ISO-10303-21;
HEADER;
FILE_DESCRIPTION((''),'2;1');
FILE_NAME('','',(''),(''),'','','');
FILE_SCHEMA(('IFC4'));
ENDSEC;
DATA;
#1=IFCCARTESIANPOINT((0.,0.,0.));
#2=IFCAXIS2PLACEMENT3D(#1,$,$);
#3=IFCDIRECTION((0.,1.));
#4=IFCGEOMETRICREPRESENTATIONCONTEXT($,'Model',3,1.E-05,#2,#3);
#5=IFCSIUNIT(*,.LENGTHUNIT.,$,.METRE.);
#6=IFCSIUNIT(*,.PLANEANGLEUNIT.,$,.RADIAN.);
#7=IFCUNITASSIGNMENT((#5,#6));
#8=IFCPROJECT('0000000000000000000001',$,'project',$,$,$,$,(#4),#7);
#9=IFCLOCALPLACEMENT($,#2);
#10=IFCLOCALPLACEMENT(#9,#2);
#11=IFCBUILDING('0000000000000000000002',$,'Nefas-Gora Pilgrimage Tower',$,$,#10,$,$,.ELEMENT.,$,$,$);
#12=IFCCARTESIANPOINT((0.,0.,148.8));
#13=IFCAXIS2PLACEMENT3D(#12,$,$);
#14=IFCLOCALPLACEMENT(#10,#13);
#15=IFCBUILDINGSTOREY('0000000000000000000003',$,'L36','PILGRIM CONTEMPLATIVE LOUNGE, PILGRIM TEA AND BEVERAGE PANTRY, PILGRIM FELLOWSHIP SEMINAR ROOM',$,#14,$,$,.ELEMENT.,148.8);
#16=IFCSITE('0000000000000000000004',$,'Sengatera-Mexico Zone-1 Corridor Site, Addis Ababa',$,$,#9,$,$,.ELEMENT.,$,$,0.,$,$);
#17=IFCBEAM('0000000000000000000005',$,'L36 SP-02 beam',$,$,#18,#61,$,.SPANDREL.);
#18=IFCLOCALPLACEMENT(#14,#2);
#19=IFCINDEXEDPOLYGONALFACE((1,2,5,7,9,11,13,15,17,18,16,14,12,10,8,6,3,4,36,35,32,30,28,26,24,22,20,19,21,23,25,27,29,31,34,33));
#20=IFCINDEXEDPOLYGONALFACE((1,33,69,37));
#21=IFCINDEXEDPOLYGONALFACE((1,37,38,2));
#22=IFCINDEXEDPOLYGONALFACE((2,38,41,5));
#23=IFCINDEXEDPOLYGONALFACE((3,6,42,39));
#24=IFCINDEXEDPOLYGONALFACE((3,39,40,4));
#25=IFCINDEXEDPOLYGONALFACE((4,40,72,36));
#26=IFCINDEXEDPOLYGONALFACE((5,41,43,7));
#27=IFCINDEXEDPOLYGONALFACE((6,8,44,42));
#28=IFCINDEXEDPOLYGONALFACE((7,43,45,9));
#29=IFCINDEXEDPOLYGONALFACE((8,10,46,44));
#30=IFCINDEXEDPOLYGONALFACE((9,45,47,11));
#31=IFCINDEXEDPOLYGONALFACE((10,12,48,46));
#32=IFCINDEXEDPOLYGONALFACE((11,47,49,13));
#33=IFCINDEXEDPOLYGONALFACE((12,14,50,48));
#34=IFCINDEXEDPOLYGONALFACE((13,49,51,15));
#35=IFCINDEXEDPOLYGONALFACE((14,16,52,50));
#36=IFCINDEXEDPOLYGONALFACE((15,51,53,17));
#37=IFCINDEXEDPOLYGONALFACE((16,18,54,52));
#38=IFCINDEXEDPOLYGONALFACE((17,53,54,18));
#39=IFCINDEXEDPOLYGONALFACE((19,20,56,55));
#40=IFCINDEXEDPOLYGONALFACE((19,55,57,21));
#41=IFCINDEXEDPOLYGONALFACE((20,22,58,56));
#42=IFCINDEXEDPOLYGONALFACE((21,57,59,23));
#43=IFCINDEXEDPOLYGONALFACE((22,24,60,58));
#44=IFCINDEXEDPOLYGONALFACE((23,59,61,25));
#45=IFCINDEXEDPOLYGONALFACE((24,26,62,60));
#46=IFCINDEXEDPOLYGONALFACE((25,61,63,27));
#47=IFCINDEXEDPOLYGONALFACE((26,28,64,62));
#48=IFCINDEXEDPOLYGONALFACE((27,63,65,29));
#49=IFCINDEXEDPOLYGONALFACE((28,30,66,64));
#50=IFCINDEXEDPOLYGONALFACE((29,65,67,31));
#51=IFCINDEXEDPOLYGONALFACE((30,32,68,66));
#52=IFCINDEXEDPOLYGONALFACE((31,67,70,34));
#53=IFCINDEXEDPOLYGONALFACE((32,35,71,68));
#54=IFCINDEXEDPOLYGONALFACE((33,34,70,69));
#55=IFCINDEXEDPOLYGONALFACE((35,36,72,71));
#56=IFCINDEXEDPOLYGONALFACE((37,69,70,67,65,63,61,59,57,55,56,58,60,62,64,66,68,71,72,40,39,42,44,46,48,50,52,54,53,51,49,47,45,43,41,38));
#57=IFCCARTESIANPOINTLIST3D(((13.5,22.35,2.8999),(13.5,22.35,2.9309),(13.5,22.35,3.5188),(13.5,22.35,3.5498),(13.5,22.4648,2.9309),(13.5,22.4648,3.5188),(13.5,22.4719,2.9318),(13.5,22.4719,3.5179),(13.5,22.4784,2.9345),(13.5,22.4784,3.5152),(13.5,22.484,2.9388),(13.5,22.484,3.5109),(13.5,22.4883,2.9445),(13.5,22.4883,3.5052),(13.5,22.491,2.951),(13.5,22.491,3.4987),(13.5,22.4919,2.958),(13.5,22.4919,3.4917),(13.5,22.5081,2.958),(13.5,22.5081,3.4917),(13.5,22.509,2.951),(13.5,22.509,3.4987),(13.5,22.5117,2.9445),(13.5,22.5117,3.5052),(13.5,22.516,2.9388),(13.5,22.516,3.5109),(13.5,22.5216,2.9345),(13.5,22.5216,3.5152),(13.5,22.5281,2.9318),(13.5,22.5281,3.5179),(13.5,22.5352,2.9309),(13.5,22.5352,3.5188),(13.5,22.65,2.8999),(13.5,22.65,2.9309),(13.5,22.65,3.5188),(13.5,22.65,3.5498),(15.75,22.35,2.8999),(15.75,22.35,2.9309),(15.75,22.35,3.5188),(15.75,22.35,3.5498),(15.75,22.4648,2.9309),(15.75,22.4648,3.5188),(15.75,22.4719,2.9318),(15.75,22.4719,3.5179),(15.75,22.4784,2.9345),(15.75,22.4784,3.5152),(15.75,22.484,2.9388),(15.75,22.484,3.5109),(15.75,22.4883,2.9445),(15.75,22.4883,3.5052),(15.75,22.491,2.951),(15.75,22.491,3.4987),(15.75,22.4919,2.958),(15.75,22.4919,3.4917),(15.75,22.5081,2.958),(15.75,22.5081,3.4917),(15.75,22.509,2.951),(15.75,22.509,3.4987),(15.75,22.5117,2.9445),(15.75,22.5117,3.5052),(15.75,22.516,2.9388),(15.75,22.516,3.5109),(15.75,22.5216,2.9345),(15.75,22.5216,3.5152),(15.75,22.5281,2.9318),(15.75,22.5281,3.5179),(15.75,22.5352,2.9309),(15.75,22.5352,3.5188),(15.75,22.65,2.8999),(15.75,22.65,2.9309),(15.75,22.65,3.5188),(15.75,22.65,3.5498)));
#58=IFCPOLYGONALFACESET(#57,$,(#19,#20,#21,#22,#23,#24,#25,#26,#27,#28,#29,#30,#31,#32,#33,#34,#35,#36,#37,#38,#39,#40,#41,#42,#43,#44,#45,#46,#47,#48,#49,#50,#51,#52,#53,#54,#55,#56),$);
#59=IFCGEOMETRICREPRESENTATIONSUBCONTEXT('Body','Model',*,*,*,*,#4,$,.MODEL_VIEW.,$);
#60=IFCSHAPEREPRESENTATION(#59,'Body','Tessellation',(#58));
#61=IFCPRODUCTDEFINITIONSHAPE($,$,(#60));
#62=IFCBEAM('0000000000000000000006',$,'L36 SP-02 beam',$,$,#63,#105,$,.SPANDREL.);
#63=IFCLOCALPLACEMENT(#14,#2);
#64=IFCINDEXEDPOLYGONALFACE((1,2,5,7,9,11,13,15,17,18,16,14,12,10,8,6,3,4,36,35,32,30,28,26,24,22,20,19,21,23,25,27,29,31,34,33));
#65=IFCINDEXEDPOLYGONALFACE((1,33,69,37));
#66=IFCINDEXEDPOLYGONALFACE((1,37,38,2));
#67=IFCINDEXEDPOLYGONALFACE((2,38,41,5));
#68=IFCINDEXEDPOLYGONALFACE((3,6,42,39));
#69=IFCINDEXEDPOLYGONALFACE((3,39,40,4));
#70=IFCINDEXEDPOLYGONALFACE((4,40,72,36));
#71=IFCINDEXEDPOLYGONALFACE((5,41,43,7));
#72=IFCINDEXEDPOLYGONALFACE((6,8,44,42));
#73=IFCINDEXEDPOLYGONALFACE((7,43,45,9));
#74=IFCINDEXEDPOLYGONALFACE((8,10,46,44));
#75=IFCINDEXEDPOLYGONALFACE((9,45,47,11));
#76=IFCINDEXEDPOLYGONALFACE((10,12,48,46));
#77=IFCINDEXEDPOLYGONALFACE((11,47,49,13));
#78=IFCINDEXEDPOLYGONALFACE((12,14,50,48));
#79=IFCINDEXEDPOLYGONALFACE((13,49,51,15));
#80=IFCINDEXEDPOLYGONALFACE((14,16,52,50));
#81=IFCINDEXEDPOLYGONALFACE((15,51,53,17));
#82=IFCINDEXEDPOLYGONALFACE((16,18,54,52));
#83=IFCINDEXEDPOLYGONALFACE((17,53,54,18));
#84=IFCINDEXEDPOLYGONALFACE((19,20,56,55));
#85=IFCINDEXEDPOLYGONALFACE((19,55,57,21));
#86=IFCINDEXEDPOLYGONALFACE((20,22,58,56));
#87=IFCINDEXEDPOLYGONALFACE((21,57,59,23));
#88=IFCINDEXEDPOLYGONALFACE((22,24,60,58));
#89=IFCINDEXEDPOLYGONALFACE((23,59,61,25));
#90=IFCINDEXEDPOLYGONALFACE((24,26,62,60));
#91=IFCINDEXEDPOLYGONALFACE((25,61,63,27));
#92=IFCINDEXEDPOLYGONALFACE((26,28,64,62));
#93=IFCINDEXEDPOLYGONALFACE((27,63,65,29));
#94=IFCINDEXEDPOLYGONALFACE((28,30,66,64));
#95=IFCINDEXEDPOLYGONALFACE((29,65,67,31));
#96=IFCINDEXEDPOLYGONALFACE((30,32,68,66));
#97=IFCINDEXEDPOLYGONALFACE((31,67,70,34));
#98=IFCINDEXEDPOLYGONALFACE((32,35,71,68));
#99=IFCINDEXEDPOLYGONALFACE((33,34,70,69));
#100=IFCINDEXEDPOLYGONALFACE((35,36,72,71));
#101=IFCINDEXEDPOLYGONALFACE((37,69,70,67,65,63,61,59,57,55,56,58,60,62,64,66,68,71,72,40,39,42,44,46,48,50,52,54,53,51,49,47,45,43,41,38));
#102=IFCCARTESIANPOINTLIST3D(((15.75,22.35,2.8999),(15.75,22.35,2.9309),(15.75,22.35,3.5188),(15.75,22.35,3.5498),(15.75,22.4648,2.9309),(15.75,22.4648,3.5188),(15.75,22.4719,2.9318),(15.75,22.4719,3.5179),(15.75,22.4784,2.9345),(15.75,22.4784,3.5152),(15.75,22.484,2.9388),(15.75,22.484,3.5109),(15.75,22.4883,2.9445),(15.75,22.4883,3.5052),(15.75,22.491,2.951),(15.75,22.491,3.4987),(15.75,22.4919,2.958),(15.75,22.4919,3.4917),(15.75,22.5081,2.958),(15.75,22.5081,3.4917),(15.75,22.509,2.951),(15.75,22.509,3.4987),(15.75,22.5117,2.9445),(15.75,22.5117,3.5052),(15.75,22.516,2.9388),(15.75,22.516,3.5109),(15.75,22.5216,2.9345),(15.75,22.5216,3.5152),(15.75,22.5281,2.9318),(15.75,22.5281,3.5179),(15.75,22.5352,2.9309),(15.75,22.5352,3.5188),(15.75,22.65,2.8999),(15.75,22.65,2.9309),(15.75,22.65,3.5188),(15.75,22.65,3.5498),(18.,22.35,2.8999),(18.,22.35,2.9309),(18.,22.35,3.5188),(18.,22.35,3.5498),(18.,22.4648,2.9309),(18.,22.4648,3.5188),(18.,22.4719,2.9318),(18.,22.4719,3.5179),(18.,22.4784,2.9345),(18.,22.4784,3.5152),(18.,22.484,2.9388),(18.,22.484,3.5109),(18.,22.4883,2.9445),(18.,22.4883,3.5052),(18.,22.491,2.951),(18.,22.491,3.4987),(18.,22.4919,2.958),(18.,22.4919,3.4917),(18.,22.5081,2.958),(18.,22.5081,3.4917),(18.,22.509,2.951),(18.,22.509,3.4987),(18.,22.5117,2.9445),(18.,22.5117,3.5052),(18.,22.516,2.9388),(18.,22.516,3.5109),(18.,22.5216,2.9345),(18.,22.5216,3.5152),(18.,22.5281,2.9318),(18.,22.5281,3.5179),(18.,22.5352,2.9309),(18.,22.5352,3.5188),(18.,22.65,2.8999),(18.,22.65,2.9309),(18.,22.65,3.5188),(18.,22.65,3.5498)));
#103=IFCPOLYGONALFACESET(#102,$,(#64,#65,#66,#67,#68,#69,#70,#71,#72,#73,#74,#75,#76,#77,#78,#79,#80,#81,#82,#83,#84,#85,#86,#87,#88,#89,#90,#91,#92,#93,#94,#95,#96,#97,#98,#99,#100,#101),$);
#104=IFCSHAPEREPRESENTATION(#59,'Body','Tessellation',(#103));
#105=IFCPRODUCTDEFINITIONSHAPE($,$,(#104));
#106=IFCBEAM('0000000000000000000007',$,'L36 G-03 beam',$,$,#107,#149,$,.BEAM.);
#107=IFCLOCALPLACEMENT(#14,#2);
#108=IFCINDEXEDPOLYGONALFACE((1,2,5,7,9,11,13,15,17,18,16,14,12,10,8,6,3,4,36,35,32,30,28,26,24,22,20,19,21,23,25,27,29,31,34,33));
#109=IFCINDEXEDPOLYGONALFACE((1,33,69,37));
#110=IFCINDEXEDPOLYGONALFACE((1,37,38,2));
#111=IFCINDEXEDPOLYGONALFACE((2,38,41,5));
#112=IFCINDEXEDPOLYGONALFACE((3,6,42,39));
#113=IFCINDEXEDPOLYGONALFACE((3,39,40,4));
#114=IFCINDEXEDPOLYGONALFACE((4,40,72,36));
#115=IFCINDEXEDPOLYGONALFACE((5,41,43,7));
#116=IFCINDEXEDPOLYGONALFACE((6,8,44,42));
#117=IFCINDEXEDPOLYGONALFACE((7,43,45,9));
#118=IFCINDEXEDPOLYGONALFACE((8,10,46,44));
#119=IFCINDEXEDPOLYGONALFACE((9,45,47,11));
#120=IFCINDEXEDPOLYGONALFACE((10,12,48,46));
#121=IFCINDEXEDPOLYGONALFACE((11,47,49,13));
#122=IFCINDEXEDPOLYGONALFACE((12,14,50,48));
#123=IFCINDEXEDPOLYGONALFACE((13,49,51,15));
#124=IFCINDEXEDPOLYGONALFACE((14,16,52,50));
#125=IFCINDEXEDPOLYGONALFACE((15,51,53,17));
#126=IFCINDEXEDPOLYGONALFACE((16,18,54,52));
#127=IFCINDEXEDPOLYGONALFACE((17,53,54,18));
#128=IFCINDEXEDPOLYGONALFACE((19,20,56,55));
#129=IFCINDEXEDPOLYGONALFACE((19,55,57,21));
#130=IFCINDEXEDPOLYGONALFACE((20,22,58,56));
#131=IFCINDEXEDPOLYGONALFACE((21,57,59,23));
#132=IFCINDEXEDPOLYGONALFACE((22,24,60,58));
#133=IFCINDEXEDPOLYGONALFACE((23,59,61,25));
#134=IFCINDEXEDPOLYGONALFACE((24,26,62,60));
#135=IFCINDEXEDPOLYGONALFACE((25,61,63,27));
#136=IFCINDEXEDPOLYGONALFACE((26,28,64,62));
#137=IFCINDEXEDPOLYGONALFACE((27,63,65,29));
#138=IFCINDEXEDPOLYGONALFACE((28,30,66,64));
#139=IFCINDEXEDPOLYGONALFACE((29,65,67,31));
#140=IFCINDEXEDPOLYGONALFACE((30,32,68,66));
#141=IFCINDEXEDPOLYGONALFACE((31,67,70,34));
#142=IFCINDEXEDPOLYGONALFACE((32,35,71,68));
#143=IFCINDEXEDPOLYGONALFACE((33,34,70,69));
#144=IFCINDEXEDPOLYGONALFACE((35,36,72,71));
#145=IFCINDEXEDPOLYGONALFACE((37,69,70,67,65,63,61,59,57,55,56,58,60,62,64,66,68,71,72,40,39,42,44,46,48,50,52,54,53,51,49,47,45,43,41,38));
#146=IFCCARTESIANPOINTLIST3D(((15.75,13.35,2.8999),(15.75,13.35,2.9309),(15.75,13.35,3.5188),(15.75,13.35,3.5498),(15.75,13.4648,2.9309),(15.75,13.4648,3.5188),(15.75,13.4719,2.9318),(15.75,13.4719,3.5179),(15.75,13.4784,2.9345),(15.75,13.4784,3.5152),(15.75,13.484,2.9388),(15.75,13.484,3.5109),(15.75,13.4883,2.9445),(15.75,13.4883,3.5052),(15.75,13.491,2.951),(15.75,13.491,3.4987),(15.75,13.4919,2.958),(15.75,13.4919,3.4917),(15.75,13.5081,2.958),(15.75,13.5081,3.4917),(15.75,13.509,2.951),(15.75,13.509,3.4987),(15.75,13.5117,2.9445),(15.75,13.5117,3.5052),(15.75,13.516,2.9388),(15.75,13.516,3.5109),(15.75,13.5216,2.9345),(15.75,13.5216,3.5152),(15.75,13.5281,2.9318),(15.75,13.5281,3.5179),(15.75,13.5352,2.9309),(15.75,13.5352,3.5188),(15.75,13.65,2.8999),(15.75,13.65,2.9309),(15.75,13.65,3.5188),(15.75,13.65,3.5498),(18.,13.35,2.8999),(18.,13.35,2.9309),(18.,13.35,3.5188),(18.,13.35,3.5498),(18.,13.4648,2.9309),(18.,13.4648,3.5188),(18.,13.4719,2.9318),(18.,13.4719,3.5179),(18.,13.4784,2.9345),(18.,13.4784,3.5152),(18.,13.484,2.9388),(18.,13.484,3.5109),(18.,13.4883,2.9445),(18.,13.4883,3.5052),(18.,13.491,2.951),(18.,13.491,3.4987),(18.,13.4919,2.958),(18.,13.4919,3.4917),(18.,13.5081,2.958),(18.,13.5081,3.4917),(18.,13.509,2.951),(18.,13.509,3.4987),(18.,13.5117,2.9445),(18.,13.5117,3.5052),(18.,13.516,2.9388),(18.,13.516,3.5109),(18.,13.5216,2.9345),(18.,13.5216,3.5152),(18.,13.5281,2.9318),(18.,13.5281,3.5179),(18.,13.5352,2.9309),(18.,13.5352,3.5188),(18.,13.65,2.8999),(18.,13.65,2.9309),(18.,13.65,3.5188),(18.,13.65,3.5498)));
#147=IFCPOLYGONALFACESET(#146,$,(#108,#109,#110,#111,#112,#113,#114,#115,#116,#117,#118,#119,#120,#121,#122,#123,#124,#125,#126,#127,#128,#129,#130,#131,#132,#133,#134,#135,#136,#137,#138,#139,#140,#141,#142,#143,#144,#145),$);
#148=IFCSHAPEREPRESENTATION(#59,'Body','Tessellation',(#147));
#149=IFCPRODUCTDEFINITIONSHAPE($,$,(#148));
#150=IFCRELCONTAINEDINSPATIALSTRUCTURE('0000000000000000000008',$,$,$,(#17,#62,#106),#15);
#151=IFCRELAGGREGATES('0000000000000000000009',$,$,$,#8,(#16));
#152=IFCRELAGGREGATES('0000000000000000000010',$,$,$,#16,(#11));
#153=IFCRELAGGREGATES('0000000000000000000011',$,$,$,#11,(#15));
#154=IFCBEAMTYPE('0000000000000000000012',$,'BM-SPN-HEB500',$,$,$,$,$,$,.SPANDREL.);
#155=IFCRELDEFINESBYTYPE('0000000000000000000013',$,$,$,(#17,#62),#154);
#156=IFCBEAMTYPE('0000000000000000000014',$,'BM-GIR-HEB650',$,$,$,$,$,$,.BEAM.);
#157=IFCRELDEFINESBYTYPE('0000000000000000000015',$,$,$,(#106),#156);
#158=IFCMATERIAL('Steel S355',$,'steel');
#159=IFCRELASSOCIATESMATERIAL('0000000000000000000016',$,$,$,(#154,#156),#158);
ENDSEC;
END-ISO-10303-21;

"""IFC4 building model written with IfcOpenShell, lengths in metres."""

from ifc_helpers import new_model, si_unit, direction, frame, origin, origin_2d, place, context, subcontext, project, spatial, i_section, extrude, source, transform, mapped, material, material_profile, profile_set, type_object, element, save


model = new_model("IFC4")

# Units and contexts
model_context = context("Model", 3, precision=1e-05, world=origin(), true_north=direction((0.0, 1.0)))
body_context = subcontext(model_context, "Body", "Model", "MODEL_VIEW")
ifc_project = project(units=[si_unit("LENGTHUNIT", "METRE"), si_unit("PLANEANGLEUNIT", "RADIAN")], contexts=[model_context])

# Site, building, storey
site_placement = place(None, origin())
site = spatial("IfcSite", under=ifc_project, at=site_placement, Name="Sengatera-Mexico Zone-1 Corridor Site, Addis Ababa", CompositionType="ELEMENT", RefElevation=0.0)
building_placement = place(site_placement, origin())
building = spatial("IfcBuilding", under=site, at=building_placement, Name="Nefas-Gora Pilgrimage Tower", CompositionType="ELEMENT")
storey_placement = place(building_placement, frame((0.0, 0.0, 148.8)))
storey = spatial("IfcBuildingStorey", under=building, at=storey_placement, Name="L36", Description="PILGRIM CONTEMPLATIVE LOUNGE, PILGRIM TEA AND BEVERAGE PANTRY, PILGRIM FELLOWSHIP SEMINAR ROOM", CompositionType="ELEMENT", Elevation=148.8)

# Beams
ifc_material_1 = material(Name="Steel S355", Category="steel")
ifc_material_profile_1 = material_profile(ifc_material_1, i_section(OverallWidth=0.3, OverallDepth=0.6499, WebThickness=0.0161, FlangeThickness=0.031, FilletRadius=0.0271, at=origin_2d()), Name="HEB 650")
ifc_profile_set_1 = profile_set([ifc_material_profile_1], Name="Steel S355")
beam_type_1 = type_object("IfcBeamType", Name="BM-SPN-HEB500", PredefinedType="SPANDREL", material=ifc_profile_set_1)
ifc_material_profile_2 = material_profile(ifc_material_1, i_section(OverallWidth=0.3, OverallDepth=0.6499, WebThickness=0.0161, FlangeThickness=0.031, FilletRadius=0.0271, at=origin_2d()), Name="HEB 650")
ifc_profile_set_2 = profile_set([ifc_material_profile_2], Name="Steel S355")
beam_type_2 = type_object("IfcBeamType", Name="BM-GIR-HEB650", PredefinedType="BEAM", material=ifc_profile_set_2)
shared_shape_1 = source(origin(), body_context, "Body", "SweptSolid", [
    extrude(i_section(OverallWidth=0.3, OverallDepth=0.6499, WebThickness=0.0161, FlangeThickness=0.031, FilletRadius=0.0271, at=origin_2d()), origin(), (0.0, 0.0, 1.0), 2.25),
])
for number, where, z_axis, x_axis, name in (
    (1, (13.5, 22.5, 3.2249), (1.0, 0.0, 0.0), (0.0, 1.0, 0.0), "L36 SP-02 beam"),
    (2, (15.75, 22.5, 3.2249), (1.0, 0.0, 0.0), (0.0, 1.0, 0.0), "L36 SP-02 beam"),
):
    element("IfcBeam", number, at=place(storey_placement, frame(where, z_axis=z_axis, x_axis=x_axis)), inside=storey, type_object=beam_type_1, Name=name, PredefinedType="SPANDREL", context=body_context, shape_type="MappedRepresentation", body=[
        mapped(shared_shape_1, transform((0.0, 0.0, 0.0), x_axis=(1.0, 0.0, 0.0), y_axis=(0.0, 1.0, 0.0), z_axis=(0.0, 0.0, 1.0), scale=1.0)),
    ])
shared_shape_2 = source(origin(), body_context, "Body", "SweptSolid", [
    extrude(i_section(OverallWidth=0.3, OverallDepth=0.6499, WebThickness=0.0161, FlangeThickness=0.031, FilletRadius=0.0271, at=origin_2d()), origin(), (0.0, 0.0, 1.0), 2.25),
])
beam_1_placement = place(storey_placement, frame((15.75, 13.5, 3.2249), z_axis=(1.0, 0.0, 0.0), x_axis=(0.0, 1.0, 0.0)))
element("IfcBeam", 3, at=beam_1_placement, inside=storey, type_object=beam_type_2, Name="L36 G-03 beam", PredefinedType="BEAM", context=body_context, shape_type="MappedRepresentation", body=[
    mapped(shared_shape_2, transform((0.0, 0.0, 0.0), x_axis=(1.0, 0.0, 0.0), y_axis=(0.0, 1.0, 0.0), z_axis=(0.0, 0.0, 1.0), scale=1.0)),
])

save(model, "model.ifc")
